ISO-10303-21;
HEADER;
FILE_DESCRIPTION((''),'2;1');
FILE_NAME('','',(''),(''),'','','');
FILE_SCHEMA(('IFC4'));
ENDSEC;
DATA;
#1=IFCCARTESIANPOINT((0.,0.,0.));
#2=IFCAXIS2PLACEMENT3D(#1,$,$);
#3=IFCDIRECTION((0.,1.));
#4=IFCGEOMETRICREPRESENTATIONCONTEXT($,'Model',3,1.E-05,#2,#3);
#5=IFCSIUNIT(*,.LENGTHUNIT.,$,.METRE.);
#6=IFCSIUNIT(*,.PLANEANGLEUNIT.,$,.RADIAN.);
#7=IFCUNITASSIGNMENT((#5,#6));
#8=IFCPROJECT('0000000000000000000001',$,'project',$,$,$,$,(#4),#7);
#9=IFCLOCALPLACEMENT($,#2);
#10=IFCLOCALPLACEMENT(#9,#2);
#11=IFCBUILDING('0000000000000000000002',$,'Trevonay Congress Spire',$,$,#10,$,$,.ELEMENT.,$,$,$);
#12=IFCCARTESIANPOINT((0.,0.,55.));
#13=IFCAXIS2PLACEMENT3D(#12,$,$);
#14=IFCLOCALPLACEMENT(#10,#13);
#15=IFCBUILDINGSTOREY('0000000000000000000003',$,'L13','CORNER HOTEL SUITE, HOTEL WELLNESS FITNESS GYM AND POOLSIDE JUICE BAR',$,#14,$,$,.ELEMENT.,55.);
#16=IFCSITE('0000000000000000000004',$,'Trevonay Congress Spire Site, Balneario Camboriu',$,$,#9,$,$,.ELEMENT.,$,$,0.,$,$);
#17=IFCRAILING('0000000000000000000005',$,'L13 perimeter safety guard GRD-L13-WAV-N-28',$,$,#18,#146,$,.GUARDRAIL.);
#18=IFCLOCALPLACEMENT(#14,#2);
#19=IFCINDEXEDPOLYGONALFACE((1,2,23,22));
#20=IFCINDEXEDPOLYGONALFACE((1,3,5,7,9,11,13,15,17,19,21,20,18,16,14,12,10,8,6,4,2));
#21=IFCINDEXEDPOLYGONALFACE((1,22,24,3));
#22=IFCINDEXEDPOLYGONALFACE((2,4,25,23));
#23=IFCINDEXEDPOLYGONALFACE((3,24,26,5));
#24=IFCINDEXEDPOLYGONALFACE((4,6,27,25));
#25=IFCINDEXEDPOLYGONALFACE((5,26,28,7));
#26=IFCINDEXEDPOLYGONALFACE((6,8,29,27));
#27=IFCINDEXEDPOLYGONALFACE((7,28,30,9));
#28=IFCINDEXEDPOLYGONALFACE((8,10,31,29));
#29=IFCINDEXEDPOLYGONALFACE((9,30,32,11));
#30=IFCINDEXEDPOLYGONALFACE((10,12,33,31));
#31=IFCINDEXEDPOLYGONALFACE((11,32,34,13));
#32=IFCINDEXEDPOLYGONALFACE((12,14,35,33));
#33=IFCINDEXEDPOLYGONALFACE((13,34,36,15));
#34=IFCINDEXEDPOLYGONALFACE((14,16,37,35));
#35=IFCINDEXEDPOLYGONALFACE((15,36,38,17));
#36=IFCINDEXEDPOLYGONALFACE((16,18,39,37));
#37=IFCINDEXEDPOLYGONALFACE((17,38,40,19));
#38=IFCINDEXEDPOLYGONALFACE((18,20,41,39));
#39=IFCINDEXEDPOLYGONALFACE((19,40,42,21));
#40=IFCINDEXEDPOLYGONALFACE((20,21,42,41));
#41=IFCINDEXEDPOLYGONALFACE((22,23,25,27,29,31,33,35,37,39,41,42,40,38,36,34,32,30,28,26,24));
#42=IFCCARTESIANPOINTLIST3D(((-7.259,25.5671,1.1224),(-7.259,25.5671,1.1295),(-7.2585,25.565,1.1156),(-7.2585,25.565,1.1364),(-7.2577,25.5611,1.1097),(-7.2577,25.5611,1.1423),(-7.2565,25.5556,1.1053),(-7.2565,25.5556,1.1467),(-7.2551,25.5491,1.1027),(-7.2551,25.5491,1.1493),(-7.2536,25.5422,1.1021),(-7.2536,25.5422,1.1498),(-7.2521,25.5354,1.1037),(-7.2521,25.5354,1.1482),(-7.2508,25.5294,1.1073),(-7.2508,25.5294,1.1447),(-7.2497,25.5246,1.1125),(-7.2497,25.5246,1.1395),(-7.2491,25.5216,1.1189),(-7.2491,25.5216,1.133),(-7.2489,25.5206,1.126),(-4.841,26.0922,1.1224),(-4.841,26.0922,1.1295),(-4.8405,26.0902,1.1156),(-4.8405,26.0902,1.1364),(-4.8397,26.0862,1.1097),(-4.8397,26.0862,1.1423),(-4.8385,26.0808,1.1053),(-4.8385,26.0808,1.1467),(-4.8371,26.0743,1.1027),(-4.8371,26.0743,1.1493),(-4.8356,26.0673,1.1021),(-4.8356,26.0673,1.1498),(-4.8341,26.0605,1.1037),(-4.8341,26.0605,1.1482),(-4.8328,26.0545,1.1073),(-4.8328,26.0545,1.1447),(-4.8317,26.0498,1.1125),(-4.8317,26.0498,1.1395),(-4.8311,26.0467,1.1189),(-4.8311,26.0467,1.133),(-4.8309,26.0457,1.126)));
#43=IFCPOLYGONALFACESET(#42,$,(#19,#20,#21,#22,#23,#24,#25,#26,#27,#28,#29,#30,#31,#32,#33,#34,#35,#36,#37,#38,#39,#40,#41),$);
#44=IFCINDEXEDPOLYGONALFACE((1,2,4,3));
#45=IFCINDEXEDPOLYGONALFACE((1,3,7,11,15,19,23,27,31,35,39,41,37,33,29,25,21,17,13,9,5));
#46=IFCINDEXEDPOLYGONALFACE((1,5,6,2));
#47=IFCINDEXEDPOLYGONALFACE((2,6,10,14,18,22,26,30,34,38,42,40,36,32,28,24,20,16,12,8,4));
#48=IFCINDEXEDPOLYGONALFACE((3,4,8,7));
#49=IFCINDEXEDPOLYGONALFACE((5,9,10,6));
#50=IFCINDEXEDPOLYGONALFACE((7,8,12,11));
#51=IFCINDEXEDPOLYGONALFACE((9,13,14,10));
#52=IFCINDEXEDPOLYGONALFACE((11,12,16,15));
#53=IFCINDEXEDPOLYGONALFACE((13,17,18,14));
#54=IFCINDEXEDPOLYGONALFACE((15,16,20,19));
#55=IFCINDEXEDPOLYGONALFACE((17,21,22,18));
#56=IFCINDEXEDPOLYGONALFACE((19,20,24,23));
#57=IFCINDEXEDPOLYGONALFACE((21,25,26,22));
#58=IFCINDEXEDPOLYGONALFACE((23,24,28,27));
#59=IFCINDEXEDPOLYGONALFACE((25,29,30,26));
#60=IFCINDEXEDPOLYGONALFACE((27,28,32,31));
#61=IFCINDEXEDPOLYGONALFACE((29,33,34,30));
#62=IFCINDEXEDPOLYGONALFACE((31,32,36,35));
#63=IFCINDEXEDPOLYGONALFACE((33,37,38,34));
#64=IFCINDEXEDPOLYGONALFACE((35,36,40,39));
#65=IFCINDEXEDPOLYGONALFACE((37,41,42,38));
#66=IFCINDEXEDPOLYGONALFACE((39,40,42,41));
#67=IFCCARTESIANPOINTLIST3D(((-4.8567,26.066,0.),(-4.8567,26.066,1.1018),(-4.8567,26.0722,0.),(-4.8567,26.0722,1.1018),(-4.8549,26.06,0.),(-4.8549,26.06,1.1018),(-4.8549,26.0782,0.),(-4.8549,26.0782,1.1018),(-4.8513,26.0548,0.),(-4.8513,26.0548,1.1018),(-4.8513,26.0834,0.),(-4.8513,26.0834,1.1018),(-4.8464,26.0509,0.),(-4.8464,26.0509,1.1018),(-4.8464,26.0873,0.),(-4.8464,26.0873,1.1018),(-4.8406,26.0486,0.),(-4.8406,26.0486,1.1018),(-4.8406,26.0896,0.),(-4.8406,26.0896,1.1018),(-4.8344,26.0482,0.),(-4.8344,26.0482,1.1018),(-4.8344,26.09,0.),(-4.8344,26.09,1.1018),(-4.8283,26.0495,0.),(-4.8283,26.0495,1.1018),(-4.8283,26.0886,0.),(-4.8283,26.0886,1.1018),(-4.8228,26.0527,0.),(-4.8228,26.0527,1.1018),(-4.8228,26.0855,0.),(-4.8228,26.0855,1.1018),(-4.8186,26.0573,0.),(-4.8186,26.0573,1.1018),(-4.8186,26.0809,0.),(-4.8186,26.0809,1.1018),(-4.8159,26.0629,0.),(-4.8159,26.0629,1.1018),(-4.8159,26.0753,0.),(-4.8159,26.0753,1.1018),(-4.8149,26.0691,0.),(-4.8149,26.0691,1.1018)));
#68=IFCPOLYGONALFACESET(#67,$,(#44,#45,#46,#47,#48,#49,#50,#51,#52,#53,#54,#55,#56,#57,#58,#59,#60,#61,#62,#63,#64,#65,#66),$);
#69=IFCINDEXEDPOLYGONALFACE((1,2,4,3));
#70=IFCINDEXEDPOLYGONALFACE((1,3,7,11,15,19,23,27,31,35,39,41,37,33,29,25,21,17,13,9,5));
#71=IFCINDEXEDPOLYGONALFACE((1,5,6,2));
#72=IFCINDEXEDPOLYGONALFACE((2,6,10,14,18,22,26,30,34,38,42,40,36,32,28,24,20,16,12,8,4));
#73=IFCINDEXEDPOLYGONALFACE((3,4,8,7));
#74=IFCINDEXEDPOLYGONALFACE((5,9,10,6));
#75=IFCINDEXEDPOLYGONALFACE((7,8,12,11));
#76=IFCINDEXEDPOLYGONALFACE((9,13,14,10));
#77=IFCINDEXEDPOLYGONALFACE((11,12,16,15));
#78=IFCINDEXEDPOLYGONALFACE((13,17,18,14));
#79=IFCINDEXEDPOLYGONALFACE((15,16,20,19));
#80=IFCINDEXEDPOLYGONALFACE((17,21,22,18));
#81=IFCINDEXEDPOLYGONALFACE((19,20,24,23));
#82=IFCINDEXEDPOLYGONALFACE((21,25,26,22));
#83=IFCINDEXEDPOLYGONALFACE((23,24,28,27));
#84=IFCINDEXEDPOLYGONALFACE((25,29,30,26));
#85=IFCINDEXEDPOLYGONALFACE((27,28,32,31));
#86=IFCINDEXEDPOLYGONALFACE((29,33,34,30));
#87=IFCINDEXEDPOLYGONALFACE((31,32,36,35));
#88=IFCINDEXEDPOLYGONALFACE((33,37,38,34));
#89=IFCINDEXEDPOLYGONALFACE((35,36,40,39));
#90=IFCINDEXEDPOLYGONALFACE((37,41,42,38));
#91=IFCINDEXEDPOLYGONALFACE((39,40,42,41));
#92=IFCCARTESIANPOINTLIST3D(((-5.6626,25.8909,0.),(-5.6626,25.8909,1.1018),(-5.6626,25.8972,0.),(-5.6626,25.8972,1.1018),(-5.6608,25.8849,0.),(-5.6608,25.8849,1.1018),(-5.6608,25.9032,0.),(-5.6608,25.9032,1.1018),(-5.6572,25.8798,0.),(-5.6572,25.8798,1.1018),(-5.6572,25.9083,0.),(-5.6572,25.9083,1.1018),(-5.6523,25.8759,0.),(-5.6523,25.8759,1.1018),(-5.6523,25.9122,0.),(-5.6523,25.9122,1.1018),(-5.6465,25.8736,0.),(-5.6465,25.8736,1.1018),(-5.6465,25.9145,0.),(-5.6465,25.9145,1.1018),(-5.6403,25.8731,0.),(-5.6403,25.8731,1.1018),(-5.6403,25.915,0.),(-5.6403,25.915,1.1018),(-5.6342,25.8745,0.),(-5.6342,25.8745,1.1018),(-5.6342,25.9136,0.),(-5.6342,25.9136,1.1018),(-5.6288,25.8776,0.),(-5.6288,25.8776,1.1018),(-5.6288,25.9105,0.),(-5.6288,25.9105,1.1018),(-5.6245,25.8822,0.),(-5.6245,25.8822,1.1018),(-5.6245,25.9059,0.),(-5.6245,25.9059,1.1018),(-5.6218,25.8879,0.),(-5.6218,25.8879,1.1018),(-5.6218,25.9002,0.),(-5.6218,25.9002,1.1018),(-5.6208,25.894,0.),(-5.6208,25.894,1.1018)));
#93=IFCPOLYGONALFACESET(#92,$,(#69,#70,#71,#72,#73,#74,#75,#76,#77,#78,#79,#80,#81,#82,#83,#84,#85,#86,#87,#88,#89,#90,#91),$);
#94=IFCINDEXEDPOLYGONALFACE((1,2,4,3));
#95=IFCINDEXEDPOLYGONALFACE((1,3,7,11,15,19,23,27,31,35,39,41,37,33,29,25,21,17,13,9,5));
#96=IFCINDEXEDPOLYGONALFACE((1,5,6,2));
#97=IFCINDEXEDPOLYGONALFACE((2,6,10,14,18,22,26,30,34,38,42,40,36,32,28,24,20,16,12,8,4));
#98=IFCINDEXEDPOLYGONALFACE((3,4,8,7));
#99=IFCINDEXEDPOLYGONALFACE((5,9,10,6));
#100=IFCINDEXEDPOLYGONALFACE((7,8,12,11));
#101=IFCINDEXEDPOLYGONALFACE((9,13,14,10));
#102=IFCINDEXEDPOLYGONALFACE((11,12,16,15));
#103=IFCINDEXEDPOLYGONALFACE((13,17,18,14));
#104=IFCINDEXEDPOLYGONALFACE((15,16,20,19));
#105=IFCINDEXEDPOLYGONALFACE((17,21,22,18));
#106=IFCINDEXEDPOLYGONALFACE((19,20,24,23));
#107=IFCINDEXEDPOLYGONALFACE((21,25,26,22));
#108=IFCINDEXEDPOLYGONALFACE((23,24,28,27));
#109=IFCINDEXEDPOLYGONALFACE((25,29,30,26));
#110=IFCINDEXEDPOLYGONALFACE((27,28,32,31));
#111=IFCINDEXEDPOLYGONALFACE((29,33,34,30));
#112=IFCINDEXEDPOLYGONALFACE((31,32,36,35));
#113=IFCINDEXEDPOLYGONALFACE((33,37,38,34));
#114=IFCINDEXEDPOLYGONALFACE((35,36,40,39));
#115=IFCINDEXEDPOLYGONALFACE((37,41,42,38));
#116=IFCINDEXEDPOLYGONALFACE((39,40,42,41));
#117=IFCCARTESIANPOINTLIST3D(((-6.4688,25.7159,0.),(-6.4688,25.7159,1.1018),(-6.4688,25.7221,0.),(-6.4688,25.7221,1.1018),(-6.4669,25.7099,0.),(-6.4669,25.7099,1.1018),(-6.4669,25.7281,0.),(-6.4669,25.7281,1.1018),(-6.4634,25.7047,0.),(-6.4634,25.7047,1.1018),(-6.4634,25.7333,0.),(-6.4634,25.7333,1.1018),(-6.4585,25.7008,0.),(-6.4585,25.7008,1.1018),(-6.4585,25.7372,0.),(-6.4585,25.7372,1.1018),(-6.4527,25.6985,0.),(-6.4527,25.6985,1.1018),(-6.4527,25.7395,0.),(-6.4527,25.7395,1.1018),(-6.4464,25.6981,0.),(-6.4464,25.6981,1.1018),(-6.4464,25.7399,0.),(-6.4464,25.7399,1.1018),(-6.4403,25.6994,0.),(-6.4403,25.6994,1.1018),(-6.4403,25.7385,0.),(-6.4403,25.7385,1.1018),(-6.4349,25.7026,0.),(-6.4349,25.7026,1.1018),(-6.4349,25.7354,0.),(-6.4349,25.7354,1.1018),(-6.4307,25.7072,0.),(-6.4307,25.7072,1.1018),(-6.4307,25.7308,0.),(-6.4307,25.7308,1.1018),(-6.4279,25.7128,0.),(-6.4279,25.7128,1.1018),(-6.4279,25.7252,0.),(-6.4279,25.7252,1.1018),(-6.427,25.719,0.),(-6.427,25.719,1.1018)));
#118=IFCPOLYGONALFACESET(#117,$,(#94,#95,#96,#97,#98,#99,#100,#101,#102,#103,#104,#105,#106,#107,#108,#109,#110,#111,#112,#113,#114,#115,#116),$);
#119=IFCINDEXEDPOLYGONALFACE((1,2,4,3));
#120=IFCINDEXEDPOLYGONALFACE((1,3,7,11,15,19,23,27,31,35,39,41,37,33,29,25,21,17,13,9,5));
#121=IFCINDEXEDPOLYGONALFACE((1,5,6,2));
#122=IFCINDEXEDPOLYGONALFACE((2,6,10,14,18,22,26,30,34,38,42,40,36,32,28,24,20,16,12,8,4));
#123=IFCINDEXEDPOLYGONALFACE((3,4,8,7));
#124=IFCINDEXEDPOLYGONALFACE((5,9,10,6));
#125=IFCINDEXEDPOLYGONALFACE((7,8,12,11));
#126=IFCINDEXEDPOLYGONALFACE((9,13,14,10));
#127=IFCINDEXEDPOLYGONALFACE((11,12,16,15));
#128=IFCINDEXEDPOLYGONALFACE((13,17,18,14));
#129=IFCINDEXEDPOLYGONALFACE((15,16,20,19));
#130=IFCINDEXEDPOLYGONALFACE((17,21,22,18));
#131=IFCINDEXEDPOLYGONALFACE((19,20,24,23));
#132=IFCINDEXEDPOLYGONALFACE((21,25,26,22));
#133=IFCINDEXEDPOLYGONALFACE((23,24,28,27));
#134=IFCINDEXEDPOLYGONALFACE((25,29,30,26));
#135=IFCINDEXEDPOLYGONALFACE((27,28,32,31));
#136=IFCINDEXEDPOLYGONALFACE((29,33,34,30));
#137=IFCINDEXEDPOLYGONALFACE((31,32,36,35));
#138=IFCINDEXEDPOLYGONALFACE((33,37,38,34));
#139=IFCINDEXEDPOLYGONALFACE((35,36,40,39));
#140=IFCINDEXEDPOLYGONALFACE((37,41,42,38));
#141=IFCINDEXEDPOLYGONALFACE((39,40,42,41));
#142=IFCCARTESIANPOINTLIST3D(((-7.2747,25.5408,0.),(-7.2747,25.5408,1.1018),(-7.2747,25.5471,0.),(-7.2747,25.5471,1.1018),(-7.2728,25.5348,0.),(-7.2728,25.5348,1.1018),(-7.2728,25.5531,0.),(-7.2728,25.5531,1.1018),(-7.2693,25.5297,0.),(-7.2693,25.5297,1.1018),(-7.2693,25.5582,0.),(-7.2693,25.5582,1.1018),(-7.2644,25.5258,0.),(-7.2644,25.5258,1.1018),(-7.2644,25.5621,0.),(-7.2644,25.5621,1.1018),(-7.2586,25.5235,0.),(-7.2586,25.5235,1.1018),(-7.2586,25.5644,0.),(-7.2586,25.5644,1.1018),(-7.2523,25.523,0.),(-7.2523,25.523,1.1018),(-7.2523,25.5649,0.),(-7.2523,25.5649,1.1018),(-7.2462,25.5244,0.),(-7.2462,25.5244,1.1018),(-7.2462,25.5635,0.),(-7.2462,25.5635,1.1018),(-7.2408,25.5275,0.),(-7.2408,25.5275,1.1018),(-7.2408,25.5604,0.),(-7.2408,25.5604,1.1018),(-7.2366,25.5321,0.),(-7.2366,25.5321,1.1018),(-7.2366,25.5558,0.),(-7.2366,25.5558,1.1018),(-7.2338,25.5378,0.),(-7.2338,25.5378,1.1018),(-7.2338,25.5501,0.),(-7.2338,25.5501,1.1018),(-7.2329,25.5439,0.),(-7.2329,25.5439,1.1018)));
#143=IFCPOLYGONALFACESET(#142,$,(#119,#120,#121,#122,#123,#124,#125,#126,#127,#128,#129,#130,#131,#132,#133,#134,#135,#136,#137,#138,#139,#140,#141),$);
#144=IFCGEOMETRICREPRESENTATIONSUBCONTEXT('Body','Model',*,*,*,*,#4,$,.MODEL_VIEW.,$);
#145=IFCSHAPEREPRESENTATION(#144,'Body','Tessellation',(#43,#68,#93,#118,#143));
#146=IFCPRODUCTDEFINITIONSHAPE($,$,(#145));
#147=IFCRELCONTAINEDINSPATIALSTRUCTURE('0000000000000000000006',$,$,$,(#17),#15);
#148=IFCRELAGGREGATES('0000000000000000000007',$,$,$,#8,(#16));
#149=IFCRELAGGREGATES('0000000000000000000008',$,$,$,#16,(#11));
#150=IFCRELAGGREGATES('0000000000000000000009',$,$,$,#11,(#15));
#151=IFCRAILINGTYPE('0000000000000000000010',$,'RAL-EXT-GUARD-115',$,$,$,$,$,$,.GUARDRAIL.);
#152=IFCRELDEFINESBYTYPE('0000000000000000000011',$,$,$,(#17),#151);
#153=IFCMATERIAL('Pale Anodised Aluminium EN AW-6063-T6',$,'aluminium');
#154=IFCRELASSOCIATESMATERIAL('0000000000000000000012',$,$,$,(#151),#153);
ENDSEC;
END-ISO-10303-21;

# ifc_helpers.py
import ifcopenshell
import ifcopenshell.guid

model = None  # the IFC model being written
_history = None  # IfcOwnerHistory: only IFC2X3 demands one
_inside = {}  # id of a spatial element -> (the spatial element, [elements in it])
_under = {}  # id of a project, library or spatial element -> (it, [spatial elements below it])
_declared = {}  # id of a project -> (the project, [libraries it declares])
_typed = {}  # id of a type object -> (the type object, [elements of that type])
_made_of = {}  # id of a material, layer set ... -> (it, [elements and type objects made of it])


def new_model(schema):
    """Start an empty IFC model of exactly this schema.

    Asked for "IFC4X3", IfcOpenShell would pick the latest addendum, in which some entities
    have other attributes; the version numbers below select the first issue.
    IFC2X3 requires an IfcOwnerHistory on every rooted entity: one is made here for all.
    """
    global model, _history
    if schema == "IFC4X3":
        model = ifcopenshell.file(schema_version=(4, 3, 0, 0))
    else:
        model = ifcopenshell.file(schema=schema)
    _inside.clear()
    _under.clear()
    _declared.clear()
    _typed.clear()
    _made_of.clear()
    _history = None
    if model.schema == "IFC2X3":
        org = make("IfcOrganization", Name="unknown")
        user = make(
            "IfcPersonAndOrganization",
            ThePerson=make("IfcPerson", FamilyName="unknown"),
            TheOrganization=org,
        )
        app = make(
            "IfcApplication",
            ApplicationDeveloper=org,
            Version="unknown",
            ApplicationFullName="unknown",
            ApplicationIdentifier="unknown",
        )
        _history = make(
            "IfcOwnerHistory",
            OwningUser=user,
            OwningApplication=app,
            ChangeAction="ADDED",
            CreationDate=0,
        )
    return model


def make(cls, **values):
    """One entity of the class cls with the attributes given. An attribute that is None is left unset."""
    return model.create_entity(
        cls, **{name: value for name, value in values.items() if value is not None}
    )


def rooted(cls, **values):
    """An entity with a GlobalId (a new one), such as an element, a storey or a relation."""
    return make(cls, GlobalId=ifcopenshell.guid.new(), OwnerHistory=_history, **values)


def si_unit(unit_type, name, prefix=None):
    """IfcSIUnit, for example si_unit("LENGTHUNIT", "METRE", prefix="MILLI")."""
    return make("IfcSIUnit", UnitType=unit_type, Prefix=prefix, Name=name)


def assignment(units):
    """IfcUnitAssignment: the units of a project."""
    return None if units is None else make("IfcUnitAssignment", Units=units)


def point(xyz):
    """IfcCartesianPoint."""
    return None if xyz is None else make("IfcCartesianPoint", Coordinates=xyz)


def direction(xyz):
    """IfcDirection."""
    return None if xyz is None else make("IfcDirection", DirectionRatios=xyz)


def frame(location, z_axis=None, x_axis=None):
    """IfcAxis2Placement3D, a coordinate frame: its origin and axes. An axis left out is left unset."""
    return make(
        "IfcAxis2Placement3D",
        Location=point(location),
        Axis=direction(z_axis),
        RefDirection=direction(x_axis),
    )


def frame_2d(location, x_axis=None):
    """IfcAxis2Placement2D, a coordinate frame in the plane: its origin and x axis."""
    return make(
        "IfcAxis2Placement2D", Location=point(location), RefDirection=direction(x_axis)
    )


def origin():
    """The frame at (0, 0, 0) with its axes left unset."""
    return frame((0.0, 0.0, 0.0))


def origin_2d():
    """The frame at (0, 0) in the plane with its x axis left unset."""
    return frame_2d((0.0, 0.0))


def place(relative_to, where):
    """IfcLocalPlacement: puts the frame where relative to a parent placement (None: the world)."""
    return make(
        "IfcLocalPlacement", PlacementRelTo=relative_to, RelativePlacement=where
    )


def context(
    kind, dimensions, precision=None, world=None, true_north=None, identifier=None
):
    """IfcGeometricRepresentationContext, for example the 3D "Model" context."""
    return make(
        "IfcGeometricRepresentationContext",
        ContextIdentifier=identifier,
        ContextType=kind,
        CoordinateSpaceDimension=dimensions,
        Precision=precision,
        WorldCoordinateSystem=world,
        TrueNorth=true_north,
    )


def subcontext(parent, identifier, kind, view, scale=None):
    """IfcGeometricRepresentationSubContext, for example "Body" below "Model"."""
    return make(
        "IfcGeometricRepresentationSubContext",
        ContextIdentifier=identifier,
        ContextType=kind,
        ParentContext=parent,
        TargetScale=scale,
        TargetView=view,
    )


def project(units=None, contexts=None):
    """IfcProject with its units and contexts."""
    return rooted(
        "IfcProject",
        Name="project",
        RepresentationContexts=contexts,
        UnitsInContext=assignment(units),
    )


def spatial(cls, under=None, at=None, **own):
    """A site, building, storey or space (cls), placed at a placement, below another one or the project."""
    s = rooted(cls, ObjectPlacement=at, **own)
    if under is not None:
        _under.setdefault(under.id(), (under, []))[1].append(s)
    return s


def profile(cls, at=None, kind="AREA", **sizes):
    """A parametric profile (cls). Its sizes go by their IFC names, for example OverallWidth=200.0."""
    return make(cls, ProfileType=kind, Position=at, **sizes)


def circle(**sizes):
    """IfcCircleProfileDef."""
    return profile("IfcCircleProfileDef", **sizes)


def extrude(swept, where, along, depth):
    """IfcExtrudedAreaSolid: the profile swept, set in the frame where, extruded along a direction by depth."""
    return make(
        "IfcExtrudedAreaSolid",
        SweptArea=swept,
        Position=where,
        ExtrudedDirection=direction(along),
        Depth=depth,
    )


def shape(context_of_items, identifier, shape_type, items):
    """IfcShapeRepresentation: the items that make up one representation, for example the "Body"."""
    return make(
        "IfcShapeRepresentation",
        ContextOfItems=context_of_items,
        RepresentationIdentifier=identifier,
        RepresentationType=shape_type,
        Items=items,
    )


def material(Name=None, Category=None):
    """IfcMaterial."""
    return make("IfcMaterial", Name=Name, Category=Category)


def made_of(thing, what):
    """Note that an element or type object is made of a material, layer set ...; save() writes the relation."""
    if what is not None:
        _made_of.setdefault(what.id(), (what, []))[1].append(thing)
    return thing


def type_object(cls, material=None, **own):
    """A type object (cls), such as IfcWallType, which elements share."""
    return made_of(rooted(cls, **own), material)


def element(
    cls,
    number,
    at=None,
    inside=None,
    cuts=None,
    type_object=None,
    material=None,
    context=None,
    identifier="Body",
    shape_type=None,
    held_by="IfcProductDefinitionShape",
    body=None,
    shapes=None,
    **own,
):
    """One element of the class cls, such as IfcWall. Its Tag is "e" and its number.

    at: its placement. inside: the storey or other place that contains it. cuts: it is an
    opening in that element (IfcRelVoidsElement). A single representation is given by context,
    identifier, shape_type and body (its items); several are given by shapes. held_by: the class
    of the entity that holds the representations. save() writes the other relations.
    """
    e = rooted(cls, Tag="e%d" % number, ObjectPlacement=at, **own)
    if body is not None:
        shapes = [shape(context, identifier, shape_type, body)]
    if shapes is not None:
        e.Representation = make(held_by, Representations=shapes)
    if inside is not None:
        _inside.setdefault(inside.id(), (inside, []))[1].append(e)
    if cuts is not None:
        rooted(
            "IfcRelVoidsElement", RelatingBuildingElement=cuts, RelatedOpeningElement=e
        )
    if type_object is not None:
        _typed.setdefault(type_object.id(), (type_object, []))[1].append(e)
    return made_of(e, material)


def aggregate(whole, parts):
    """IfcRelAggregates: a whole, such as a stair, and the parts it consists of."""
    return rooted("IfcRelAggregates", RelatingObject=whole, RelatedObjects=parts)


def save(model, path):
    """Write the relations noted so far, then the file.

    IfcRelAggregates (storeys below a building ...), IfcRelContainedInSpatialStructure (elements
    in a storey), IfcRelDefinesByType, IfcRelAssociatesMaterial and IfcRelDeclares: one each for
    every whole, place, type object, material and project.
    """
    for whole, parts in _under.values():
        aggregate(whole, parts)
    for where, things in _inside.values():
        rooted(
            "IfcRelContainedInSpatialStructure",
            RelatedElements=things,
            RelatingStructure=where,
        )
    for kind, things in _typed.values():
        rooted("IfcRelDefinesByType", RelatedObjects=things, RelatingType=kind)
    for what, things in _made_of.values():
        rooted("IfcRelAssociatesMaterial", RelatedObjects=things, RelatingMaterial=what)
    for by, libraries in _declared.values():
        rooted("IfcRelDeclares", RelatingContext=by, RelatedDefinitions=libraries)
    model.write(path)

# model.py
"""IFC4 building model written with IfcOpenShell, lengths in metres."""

from ifc_helpers import new_model, si_unit, direction, frame, origin, origin_2d, place, context, subcontext, project, spatial, circle, extrude, material, type_object, element, save


model = new_model("IFC4")

# Units and contexts
model_context = context("Model", 3, precision=1e-05, world=origin(), true_north=direction((0.0, 1.0)))
body_context = subcontext(model_context, "Body", "Model", "MODEL_VIEW")
ifc_project = project(units=[si_unit("LENGTHUNIT", "METRE"), si_unit("PLANEANGLEUNIT", "RADIAN")], contexts=[model_context])

# Site, building, storey
site_placement = place(None, origin())
site = spatial("IfcSite", under=ifc_project, at=site_placement, Name="Trevonay Congress Spire Site, Balneario Camboriu", CompositionType="ELEMENT", RefElevation=0.0)
building_placement = place(site_placement, origin())
building = spatial("IfcBuilding", under=site, at=building_placement, Name="Trevonay Congress Spire", CompositionType="ELEMENT")
storey_placement = place(building_placement, frame((0.0, 0.0, 55.0)))
storey = spatial("IfcBuildingStorey", under=building, at=storey_placement, Name="L13", Description="CORNER HOTEL SUITE, HOTEL WELLNESS FITNESS GYM AND POOLSIDE JUICE BAR", CompositionType="ELEMENT", Elevation=55.0)

# Shared definitions
ifc_material_1 = material(Name="Pale Anodised Aluminium EN AW-6063-T6", Category="aluminium")

# Railing
railing_type = type_object("IfcRailingType", Name="RAL-EXT-GUARD-115", PredefinedType="GUARDRAIL", material=ifc_material_1)
railing_1_placement = place(storey_placement, frame((-4.8359, 26.0691, 0.0)))
element("IfcRailing", 1, at=railing_1_placement, inside=storey, type_object=railing_type, Name="L13 perimeter safety guard GRD-L13-WAV-N-28", PredefinedType="GUARDRAIL", context=body_context, shape_type="SweptSolid", body=[
    extrude(circle(Radius=0.0239, at=origin_2d()), frame((0.0, 0.0, 1.126), z_axis=(-0.977218, -0.212237, 0.0), x_axis=(0.212237, -0.977218, 0.0)), (0.0, 0.0, 1.0), 2.4744),
    extrude(circle(Radius=0.021, at=origin_2d()), origin(), (0.0, 0.0, 1.0), 1.1018),
    extrude(circle(Radius=0.021, at=origin_2d()), frame((-0.8059, -0.175, 0.0)), (0.0, 0.0, 1.0), 1.1018),
    extrude(circle(Radius=0.021, at=origin_2d()), frame((-1.6121, -0.3501, 0.0)), (0.0, 0.0, 1.0), 1.1018),
    extrude(circle(Radius=0.021, at=origin_2d()), frame((-2.418, -0.5251, 0.0)), (0.0, 0.0, 1.0), 1.1018),
])

save(model, "model.ifc")
